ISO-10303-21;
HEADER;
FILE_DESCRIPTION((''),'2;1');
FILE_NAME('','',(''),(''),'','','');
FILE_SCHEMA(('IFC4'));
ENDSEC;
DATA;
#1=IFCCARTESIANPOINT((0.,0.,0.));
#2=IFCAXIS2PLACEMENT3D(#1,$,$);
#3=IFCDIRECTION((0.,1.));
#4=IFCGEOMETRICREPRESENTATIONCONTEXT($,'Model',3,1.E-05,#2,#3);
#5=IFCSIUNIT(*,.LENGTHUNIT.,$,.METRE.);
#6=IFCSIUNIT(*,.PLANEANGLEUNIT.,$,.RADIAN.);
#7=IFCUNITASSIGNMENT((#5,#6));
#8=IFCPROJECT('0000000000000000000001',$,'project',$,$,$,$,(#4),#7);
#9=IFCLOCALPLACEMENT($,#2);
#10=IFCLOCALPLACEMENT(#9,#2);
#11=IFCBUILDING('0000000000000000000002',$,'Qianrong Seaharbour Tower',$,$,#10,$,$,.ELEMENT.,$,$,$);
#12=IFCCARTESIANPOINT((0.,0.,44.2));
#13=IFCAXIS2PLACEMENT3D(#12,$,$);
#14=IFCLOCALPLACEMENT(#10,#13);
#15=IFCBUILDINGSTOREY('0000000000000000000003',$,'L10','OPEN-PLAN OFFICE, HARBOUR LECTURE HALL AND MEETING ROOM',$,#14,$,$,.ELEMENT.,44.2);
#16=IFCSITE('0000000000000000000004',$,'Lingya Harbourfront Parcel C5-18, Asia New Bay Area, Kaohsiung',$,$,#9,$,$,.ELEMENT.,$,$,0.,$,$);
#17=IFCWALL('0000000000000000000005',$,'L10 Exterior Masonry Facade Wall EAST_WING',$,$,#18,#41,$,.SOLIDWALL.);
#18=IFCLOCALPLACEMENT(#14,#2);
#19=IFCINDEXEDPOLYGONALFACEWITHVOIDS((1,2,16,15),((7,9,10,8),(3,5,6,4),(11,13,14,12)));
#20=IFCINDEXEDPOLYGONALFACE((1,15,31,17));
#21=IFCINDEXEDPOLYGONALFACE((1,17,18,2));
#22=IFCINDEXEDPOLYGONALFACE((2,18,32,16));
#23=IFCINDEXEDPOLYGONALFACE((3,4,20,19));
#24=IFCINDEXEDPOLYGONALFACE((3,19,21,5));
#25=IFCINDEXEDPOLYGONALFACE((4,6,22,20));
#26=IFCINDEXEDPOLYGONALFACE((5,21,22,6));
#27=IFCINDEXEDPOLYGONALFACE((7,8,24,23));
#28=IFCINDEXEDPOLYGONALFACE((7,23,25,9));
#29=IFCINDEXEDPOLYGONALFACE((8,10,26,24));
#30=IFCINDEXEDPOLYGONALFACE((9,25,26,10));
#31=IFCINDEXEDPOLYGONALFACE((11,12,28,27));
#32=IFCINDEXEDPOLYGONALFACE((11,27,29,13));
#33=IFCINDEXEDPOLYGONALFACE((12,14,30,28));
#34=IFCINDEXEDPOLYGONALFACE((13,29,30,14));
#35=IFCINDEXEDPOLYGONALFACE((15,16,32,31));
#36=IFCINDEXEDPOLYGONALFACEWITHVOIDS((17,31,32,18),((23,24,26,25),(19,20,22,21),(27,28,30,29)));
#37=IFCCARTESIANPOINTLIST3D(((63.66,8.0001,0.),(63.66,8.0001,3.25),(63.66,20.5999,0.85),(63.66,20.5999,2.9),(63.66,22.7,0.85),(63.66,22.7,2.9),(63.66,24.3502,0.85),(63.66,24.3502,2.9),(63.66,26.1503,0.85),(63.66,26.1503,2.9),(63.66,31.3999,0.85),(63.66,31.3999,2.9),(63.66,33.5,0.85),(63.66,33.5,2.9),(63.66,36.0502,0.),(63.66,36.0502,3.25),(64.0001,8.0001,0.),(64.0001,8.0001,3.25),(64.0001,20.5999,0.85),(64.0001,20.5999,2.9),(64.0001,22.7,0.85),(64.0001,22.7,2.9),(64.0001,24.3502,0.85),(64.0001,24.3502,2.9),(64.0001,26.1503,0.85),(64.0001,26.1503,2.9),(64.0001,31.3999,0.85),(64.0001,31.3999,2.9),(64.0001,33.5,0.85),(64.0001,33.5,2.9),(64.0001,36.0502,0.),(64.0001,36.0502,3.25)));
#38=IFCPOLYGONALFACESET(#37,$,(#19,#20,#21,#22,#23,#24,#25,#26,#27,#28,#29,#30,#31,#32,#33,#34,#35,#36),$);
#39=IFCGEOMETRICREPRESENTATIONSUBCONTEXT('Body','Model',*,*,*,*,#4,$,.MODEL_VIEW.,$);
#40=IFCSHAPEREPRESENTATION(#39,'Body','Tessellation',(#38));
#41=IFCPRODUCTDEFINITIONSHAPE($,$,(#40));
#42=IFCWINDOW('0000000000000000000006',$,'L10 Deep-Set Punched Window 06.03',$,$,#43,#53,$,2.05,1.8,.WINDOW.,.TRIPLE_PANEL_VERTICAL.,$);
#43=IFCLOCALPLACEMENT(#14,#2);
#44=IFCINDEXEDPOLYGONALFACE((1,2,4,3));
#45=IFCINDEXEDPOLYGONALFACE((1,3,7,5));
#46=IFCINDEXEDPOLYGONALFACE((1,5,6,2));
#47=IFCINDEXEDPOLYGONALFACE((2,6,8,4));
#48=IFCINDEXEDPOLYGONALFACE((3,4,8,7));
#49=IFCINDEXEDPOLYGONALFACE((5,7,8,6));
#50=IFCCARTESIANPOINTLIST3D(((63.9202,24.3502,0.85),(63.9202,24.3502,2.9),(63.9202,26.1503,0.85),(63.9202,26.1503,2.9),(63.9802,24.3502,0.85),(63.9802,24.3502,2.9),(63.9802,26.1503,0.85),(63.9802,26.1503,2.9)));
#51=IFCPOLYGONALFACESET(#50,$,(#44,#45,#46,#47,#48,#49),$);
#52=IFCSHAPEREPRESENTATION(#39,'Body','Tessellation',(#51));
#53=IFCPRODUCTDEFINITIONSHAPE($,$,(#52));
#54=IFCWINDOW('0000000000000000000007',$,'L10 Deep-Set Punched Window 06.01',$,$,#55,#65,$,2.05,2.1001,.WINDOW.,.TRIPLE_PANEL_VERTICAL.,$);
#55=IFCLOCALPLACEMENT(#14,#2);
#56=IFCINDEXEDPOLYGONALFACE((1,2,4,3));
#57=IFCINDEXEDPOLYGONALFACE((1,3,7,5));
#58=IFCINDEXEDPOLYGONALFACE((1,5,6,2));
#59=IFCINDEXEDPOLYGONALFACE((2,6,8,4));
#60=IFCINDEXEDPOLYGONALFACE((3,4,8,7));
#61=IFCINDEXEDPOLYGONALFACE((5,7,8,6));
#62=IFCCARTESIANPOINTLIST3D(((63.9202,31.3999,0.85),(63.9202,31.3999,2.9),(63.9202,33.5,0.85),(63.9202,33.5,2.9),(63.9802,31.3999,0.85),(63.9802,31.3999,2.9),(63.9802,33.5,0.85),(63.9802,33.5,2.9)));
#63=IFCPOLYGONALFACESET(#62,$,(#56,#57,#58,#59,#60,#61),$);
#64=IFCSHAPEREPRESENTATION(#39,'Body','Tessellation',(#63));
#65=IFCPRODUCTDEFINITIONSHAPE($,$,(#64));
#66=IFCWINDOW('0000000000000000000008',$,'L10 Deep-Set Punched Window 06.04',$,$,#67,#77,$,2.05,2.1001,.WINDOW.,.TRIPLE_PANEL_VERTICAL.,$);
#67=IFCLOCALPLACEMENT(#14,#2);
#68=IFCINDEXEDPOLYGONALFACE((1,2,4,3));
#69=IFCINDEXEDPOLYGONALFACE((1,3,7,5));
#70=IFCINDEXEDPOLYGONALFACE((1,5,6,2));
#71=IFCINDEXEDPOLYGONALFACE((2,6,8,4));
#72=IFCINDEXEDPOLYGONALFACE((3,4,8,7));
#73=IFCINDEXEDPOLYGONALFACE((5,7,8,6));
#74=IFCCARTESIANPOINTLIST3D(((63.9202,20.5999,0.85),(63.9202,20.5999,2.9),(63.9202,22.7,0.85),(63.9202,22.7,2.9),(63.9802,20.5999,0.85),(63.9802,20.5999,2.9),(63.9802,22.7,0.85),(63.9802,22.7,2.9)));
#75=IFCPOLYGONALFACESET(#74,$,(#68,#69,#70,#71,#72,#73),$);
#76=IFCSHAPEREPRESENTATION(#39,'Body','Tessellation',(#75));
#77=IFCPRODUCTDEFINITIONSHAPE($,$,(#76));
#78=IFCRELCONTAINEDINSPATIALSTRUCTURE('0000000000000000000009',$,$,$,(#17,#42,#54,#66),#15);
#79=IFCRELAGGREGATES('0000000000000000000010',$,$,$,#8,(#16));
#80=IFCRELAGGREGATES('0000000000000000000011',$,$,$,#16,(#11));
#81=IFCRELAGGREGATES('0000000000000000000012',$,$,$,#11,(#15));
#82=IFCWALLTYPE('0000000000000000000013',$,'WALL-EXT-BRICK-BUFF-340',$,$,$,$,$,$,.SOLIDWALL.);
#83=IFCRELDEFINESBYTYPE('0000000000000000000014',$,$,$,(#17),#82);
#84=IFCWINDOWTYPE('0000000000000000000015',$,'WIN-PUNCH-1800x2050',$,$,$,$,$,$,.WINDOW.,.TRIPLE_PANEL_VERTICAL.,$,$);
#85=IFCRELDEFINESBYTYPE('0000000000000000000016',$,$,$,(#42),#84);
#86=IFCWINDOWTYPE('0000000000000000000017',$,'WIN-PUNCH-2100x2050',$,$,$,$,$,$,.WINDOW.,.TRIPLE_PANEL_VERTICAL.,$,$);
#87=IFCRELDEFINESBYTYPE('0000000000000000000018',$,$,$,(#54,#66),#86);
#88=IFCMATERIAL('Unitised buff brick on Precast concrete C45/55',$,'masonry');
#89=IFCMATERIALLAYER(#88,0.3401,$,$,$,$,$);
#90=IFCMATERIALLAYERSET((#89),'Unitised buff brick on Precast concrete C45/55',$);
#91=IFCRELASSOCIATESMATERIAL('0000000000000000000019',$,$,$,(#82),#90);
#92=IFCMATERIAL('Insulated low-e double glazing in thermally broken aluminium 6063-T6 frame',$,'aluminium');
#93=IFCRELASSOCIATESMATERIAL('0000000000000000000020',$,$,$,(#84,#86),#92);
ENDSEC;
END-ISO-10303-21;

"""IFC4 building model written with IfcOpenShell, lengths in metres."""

from ifc_helpers import new_model, si_unit, direction, frame, frame_2d, origin, place, context, subcontext, project, spatial, rectangle, extrude, material, layer, layer_set, type_object, element, fill, save


model = new_model("IFC4")

# Units and contexts
model_context = context("Model", 3, precision=1e-05, world=origin(), true_north=direction((0.0, 1.0)))
body_context = subcontext(model_context, "Body", "Model", "MODEL_VIEW")
ifc_project = project(units=[si_unit("LENGTHUNIT", "METRE"), si_unit("PLANEANGLEUNIT", "RADIAN")], contexts=[model_context])

# Site, building, storey
site_placement = place(None, origin())
site = spatial("IfcSite", under=ifc_project, at=site_placement, Name="Lingya Harbourfront Parcel C5-18, Asia New Bay Area, Kaohsiung", CompositionType="ELEMENT", RefElevation=0.0)
building_placement = place(site_placement, origin())
building = spatial("IfcBuilding", under=site, at=building_placement, Name="Qianrong Seaharbour Tower", CompositionType="ELEMENT")
storey_placement = place(building_placement, frame((0.0, 0.0, 44.2)))
storey = spatial("IfcBuildingStorey", under=building, at=storey_placement, Name="L10", Description="OPEN-PLAN OFFICE, HARBOUR LECTURE HALL AND MEETING ROOM", CompositionType="ELEMENT", Elevation=44.2)

# Wall, openings, windows
ifc_material_1 = material(Name="Unitised buff brick on Precast concrete C45/55", Category="masonry")
ifc_layer_1 = layer(ifc_material_1, 0.3401)
ifc_layer_set_1 = layer_set([ifc_layer_1], Name="Unitised buff brick on Precast concrete C45/55")
wall_type_1 = type_object("IfcWallType", Name="WALL-EXT-BRICK-BUFF-340", PredefinedType="SOLIDWALL", material=ifc_layer_set_1)
wall_1_placement = place(storey_placement, frame((63.8301, 36.05, 0.0), z_axis=(0.0, 0.0, 1.0), x_axis=(0.0, -1.0, 0.0)))
wall_1 = element("IfcWall", 1, at=wall_1_placement, inside=storey, type_object=wall_type_1, Name="L10 Exterior Masonry Facade Wall EAST_WING", PredefinedType="SOLIDWALL", context=body_context, shape_type="SweptSolid", body=[
    extrude(rectangle(XDim=28.05, YDim=0.3401, at=frame_2d((14.0249, 0.0))), origin(), (0.0, 0.0, 1.0), 3.25),
])
opening_1_placement = place(wall_1_placement, frame((2.55, 0.0, 0.8501)))
opening_1 = element("IfcOpeningElement", 2, at=opening_1_placement, cuts=wall_1, PredefinedType="OPENING", context=body_context, shape_type="SweptSolid", body=[
    extrude(rectangle(XDim=2.1001, YDim=2.05, at=frame_2d((1.05, 1.0249))), frame((0.0, 0.1802, 0.0), z_axis=(0.0, -1.0, 0.0), x_axis=(1.0, 0.0, 0.0)), (0.0, 0.0, 1.0), 0.3601),
])
opening_2_placement = place(wall_1_placement, frame((9.8999, 0.0, 0.8501)))
opening_2 = element("IfcOpeningElement", 3, at=opening_2_placement, cuts=wall_1, PredefinedType="OPENING", context=body_context, shape_type="SweptSolid", body=[
    extrude(rectangle(XDim=1.8, YDim=2.05, at=frame_2d((0.8999, 1.0249))), frame((0.0, 0.1802, 0.0), z_axis=(0.0, -1.0, 0.0), x_axis=(1.0, 0.0, 0.0)), (0.0, 0.0, 1.0), 0.3601),
])
opening_3_placement = place(wall_1_placement, frame((13.3501, 0.0, 0.8501)))
opening_3 = element("IfcOpeningElement", 4, at=opening_3_placement, cuts=wall_1, PredefinedType="OPENING", context=body_context, shape_type="SweptSolid", body=[
    extrude(rectangle(XDim=2.1001, YDim=2.05, at=frame_2d((1.05, 1.0249))), frame((0.0, 0.1802, 0.0), z_axis=(0.0, -1.0, 0.0), x_axis=(1.0, 0.0, 0.0)), (0.0, 0.0, 1.0), 0.3601),
])
ifc_material_2 = material(Name="Insulated low-e double glazing in thermally broken aluminium 6063-T6 frame", Category="aluminium")
window_type_1 = type_object("IfcWindowType", Name="WIN-PUNCH-1800x2050", PartitioningType="TRIPLE_PANEL_VERTICAL", PredefinedType="WINDOW", material=ifc_material_2)
window_1_placement = place(opening_2_placement, origin())
window_1 = element("IfcWindow", 5, at=window_1_placement, inside=storey, type_object=window_type_1, Name="L10 Deep-Set Punched Window 06.03", OverallHeight=2.05, OverallWidth=1.8, PartitioningType="TRIPLE_PANEL_VERTICAL", PredefinedType="WINDOW", context=body_context, shape_type="SweptSolid", body=[
    extrude(rectangle(XDim=1.8, YDim=2.05, at=frame_2d((0.8999, 1.0249))), frame((0.0, 0.1501, 0.0), z_axis=(0.0, -1.0, 0.0), x_axis=(1.0, 0.0, 0.0)), (0.0, 0.0, 1.0), 0.0601),
])
fill(opening_2, window_1)
window_type_2 = type_object("IfcWindowType", Name="WIN-PUNCH-2100x2050", PartitioningType="TRIPLE_PANEL_VERTICAL", PredefinedType="WINDOW", material=ifc_material_2)
window_2_placement = place(opening_1_placement, origin())
window_2 = element("IfcWindow", 6, at=window_2_placement, inside=storey, type_object=window_type_2, Name="L10 Deep-Set Punched Window 06.01", OverallHeight=2.05, OverallWidth=2.1001, PartitioningType="TRIPLE_PANEL_VERTICAL", PredefinedType="WINDOW", context=body_context, shape_type="SweptSolid", body=[
    extrude(rectangle(XDim=2.1001, YDim=2.05, at=frame_2d((1.05, 1.0249))), frame((0.0, 0.1501, 0.0), z_axis=(0.0, -1.0, 0.0), x_axis=(1.0, 0.0, 0.0)), (0.0, 0.0, 1.0), 0.0601),
])
fill(opening_1, window_2)
window_3_placement = place(opening_3_placement, origin())
window_3 = element("IfcWindow", 7, at=window_3_placement, inside=storey, type_object=window_type_2, Name="L10 Deep-Set Punched Window 06.04", OverallHeight=2.05, OverallWidth=2.1001, PartitioningType="TRIPLE_PANEL_VERTICAL", PredefinedType="WINDOW", context=body_context, shape_type="SweptSolid", body=[
    extrude(rectangle(XDim=2.1001, YDim=2.05, at=frame_2d((1.05, 1.0249))), frame((0.0, 0.1501, 0.0), z_axis=(0.0, -1.0, 0.0), x_axis=(1.0, 0.0, 0.0)), (0.0, 0.0, 1.0), 0.0601),
])
fill(opening_3, window_3)

save(model, "model.ifc")
